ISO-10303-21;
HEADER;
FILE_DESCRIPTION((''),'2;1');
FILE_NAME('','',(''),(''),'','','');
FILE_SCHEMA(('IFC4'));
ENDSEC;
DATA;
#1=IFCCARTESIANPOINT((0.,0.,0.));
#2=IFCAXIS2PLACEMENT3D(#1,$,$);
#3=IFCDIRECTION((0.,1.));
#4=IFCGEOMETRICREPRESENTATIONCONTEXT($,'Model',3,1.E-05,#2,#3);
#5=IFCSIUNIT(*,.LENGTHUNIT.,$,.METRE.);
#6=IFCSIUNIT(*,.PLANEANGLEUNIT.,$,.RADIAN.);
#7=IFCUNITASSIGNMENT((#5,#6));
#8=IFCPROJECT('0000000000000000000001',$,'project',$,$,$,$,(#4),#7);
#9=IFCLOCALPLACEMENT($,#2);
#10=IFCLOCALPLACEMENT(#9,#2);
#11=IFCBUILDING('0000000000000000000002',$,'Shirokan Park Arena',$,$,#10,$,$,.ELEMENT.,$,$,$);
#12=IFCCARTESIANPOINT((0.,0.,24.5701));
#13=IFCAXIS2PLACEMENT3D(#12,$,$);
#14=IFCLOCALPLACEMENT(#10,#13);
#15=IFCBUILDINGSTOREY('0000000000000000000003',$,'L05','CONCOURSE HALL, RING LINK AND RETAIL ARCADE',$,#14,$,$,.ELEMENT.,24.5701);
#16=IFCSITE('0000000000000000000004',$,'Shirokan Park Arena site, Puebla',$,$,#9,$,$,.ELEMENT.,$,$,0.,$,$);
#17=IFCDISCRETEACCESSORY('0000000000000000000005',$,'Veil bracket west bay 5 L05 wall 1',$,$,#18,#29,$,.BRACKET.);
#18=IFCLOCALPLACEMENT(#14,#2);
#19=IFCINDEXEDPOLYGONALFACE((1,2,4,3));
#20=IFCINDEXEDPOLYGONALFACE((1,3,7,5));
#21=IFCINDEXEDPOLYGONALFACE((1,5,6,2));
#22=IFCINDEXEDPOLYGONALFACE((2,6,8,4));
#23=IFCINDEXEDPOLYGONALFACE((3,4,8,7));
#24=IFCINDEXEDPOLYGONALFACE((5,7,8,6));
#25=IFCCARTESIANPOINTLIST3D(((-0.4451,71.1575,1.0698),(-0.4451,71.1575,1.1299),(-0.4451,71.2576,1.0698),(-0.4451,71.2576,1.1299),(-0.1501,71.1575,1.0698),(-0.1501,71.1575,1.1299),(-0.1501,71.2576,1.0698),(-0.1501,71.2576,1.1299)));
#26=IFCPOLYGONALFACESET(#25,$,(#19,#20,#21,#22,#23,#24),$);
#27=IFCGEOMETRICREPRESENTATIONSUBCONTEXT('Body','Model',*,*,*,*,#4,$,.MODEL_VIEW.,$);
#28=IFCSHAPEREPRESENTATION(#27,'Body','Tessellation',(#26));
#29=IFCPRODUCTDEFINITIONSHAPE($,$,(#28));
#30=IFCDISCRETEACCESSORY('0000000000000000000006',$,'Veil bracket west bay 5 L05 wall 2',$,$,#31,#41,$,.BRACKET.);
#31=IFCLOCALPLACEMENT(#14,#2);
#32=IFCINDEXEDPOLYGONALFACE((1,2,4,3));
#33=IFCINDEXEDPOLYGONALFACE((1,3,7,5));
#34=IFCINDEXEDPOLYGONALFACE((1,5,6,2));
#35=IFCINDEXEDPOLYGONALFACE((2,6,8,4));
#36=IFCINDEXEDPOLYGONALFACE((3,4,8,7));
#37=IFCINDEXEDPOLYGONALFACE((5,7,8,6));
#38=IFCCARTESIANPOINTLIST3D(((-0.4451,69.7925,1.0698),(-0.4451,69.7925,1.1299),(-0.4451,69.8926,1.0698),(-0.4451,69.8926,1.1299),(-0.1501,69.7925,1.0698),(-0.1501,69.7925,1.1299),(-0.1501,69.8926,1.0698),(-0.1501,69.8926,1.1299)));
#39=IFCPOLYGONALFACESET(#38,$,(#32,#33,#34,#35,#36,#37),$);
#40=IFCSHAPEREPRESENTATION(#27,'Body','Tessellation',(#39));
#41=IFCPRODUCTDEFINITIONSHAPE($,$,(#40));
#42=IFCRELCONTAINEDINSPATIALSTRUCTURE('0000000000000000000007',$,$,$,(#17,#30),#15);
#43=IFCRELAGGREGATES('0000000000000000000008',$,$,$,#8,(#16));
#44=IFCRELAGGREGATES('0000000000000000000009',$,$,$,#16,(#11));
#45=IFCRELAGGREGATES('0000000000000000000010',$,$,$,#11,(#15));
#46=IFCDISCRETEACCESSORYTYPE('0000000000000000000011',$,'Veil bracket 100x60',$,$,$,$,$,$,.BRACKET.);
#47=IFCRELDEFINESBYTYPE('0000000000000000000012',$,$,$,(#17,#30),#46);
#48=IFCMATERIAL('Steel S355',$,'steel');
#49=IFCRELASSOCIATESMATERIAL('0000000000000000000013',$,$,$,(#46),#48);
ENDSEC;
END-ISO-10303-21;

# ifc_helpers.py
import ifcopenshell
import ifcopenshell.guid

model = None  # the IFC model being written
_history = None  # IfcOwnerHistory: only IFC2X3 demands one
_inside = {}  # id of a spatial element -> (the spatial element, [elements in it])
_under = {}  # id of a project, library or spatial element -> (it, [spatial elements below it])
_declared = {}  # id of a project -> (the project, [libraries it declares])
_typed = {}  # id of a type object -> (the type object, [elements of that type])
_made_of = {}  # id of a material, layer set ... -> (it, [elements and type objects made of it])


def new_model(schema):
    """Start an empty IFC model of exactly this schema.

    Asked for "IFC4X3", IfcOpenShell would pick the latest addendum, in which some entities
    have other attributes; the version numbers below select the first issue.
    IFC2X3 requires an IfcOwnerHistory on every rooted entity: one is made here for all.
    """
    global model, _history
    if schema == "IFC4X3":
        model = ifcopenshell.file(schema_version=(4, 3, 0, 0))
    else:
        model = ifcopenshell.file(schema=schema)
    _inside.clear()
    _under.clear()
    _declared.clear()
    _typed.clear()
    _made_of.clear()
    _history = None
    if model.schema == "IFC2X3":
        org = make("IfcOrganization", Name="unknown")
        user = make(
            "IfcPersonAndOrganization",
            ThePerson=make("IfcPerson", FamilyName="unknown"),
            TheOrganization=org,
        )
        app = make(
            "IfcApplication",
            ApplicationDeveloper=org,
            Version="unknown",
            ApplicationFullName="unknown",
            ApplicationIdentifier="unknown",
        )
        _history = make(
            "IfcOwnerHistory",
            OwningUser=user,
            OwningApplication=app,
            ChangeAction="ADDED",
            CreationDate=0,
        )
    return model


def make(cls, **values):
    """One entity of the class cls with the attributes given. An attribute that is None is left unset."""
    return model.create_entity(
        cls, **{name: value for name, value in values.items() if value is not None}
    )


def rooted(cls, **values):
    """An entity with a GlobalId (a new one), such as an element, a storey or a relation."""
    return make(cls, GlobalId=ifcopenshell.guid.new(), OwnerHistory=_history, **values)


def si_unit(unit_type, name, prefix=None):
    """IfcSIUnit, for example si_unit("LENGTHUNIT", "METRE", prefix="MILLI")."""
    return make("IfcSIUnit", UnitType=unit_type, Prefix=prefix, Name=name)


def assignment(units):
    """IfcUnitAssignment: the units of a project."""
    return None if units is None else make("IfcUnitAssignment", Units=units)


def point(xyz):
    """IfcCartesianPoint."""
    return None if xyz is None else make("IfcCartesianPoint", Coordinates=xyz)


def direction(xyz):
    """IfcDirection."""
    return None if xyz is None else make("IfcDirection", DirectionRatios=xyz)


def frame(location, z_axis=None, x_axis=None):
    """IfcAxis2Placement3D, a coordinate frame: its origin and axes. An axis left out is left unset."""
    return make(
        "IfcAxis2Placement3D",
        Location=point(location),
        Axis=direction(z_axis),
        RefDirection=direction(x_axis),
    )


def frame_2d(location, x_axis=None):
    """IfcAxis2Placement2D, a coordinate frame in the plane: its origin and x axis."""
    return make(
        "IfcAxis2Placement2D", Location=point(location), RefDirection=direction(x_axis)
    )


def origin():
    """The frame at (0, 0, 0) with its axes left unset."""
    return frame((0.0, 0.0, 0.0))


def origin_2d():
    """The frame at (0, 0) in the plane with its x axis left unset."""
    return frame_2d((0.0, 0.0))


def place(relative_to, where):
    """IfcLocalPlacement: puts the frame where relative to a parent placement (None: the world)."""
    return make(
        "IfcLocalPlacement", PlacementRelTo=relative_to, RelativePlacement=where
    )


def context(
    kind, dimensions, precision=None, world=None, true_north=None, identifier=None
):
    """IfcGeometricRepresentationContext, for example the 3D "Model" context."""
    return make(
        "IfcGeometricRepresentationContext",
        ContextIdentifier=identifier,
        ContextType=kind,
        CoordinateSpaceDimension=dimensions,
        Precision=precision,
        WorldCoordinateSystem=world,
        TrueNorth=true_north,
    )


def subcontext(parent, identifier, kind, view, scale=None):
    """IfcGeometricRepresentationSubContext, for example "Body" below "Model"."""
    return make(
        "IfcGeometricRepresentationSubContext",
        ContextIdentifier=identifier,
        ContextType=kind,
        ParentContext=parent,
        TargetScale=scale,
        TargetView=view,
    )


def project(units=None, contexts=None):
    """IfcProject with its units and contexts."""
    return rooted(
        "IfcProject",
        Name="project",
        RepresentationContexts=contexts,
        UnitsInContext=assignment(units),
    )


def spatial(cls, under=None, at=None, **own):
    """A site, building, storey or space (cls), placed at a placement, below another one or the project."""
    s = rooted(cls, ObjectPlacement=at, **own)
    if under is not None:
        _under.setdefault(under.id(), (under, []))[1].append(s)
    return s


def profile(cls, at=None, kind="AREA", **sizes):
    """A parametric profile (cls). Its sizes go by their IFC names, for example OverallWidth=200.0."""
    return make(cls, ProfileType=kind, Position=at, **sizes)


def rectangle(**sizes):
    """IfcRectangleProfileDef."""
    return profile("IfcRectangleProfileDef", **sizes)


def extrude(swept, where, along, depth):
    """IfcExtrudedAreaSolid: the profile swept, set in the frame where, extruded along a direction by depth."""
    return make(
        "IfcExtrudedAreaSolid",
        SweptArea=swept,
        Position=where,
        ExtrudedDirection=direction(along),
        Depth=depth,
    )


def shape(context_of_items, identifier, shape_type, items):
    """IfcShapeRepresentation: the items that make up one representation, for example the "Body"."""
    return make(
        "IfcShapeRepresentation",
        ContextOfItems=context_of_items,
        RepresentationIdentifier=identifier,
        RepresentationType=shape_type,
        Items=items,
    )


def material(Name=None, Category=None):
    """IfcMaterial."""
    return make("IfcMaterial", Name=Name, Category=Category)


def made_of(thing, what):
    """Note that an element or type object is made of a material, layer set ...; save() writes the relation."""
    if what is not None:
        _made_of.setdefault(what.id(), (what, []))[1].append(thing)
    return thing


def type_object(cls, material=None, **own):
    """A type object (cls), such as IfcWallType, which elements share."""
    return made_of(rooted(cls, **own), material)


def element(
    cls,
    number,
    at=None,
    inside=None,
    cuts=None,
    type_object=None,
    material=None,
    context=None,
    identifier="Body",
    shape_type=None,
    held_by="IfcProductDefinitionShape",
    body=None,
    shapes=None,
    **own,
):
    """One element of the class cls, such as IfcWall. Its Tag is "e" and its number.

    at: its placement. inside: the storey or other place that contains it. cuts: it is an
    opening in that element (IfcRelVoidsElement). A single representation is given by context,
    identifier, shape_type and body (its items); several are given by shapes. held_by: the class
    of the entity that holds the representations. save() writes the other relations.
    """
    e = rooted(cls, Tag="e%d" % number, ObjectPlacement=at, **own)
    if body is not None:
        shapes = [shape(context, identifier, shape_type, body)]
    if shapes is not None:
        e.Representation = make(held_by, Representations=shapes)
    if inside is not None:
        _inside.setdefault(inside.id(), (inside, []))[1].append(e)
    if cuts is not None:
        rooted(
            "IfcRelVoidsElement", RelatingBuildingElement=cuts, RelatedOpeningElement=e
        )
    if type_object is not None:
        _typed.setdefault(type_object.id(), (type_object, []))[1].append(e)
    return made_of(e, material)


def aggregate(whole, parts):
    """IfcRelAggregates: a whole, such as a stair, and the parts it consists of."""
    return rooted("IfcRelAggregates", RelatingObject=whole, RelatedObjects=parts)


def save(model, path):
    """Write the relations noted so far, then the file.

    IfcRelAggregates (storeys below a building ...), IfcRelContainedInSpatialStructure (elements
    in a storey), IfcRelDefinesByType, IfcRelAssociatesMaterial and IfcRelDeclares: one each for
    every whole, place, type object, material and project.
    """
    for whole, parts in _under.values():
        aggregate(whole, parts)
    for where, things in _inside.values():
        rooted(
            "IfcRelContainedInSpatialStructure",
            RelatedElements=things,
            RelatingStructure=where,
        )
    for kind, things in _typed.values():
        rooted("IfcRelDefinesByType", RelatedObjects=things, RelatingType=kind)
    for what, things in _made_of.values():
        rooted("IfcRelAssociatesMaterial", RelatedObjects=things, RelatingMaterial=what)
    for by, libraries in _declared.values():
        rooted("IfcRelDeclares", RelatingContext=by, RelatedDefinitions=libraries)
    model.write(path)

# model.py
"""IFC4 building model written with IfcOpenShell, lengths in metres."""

from ifc_helpers import new_model, si_unit, direction, frame, origin, origin_2d, place, context, subcontext, project, spatial, rectangle, extrude, material, type_object, element, save


model = new_model("IFC4")

# Units and contexts
model_context = context("Model", 3, precision=1e-05, world=origin(), true_north=direction((0.0, 1.0)))
body_context = subcontext(model_context, "Body", "Model", "MODEL_VIEW")
ifc_project = project(units=[si_unit("LENGTHUNIT", "METRE"), si_unit("PLANEANGLEUNIT", "RADIAN")], contexts=[model_context])

# Site, building, storey
site_placement = place(None, origin())
site = spatial("IfcSite", under=ifc_project, at=site_placement, Name="Shirokan Park Arena site, Puebla", CompositionType="ELEMENT", RefElevation=0.0)
building_placement = place(site_placement, origin())
building = spatial("IfcBuilding", under=site, at=building_placement, Name="Shirokan Park Arena", CompositionType="ELEMENT")
storey_placement = place(building_placement, frame((0.0, 0.0, 24.5701)))
storey = spatial("IfcBuildingStorey", under=building, at=storey_placement, Name="L05", Description="CONCOURSE HALL, RING LINK AND RETAIL ARCADE", CompositionType="ELEMENT", Elevation=24.5701)

# Shared definitions
ifc_material_1 = material(Name="Steel S355", Category="steel")

# Discrete accessories
discrete_accessory_type = type_object("IfcDiscreteAccessoryType", Name="Veil bracket 100x60", PredefinedType="BRACKET", material=ifc_material_1)
for number, where, z_axis, x_axis, name in (
    (1, (-0.2976, 71.2075, 1.0698), (0.0, 0.0, 1.0), (0.0, -1.0, 0.0), "Veil bracket west bay 5 L05 wall 1"),
    (2, (-0.2976, 69.8425, 1.0698), (0.0, 0.0, 1.0), (0.0, -1.0, 0.0), "Veil bracket west bay 5 L05 wall 2"),
):
    element("IfcDiscreteAccessory", number, at=place(storey_placement, frame(where, z_axis=z_axis, x_axis=x_axis)), inside=storey, type_object=discrete_accessory_type, Name=name, PredefinedType="BRACKET", context=body_context, shape_type="SweptSolid", body=[
        extrude(rectangle(XDim=0.1001, YDim=0.2949, at=origin_2d()), origin(), (0.0, 0.0, 1.0), 0.0601),
    ])

save(model, "model.ifc")
